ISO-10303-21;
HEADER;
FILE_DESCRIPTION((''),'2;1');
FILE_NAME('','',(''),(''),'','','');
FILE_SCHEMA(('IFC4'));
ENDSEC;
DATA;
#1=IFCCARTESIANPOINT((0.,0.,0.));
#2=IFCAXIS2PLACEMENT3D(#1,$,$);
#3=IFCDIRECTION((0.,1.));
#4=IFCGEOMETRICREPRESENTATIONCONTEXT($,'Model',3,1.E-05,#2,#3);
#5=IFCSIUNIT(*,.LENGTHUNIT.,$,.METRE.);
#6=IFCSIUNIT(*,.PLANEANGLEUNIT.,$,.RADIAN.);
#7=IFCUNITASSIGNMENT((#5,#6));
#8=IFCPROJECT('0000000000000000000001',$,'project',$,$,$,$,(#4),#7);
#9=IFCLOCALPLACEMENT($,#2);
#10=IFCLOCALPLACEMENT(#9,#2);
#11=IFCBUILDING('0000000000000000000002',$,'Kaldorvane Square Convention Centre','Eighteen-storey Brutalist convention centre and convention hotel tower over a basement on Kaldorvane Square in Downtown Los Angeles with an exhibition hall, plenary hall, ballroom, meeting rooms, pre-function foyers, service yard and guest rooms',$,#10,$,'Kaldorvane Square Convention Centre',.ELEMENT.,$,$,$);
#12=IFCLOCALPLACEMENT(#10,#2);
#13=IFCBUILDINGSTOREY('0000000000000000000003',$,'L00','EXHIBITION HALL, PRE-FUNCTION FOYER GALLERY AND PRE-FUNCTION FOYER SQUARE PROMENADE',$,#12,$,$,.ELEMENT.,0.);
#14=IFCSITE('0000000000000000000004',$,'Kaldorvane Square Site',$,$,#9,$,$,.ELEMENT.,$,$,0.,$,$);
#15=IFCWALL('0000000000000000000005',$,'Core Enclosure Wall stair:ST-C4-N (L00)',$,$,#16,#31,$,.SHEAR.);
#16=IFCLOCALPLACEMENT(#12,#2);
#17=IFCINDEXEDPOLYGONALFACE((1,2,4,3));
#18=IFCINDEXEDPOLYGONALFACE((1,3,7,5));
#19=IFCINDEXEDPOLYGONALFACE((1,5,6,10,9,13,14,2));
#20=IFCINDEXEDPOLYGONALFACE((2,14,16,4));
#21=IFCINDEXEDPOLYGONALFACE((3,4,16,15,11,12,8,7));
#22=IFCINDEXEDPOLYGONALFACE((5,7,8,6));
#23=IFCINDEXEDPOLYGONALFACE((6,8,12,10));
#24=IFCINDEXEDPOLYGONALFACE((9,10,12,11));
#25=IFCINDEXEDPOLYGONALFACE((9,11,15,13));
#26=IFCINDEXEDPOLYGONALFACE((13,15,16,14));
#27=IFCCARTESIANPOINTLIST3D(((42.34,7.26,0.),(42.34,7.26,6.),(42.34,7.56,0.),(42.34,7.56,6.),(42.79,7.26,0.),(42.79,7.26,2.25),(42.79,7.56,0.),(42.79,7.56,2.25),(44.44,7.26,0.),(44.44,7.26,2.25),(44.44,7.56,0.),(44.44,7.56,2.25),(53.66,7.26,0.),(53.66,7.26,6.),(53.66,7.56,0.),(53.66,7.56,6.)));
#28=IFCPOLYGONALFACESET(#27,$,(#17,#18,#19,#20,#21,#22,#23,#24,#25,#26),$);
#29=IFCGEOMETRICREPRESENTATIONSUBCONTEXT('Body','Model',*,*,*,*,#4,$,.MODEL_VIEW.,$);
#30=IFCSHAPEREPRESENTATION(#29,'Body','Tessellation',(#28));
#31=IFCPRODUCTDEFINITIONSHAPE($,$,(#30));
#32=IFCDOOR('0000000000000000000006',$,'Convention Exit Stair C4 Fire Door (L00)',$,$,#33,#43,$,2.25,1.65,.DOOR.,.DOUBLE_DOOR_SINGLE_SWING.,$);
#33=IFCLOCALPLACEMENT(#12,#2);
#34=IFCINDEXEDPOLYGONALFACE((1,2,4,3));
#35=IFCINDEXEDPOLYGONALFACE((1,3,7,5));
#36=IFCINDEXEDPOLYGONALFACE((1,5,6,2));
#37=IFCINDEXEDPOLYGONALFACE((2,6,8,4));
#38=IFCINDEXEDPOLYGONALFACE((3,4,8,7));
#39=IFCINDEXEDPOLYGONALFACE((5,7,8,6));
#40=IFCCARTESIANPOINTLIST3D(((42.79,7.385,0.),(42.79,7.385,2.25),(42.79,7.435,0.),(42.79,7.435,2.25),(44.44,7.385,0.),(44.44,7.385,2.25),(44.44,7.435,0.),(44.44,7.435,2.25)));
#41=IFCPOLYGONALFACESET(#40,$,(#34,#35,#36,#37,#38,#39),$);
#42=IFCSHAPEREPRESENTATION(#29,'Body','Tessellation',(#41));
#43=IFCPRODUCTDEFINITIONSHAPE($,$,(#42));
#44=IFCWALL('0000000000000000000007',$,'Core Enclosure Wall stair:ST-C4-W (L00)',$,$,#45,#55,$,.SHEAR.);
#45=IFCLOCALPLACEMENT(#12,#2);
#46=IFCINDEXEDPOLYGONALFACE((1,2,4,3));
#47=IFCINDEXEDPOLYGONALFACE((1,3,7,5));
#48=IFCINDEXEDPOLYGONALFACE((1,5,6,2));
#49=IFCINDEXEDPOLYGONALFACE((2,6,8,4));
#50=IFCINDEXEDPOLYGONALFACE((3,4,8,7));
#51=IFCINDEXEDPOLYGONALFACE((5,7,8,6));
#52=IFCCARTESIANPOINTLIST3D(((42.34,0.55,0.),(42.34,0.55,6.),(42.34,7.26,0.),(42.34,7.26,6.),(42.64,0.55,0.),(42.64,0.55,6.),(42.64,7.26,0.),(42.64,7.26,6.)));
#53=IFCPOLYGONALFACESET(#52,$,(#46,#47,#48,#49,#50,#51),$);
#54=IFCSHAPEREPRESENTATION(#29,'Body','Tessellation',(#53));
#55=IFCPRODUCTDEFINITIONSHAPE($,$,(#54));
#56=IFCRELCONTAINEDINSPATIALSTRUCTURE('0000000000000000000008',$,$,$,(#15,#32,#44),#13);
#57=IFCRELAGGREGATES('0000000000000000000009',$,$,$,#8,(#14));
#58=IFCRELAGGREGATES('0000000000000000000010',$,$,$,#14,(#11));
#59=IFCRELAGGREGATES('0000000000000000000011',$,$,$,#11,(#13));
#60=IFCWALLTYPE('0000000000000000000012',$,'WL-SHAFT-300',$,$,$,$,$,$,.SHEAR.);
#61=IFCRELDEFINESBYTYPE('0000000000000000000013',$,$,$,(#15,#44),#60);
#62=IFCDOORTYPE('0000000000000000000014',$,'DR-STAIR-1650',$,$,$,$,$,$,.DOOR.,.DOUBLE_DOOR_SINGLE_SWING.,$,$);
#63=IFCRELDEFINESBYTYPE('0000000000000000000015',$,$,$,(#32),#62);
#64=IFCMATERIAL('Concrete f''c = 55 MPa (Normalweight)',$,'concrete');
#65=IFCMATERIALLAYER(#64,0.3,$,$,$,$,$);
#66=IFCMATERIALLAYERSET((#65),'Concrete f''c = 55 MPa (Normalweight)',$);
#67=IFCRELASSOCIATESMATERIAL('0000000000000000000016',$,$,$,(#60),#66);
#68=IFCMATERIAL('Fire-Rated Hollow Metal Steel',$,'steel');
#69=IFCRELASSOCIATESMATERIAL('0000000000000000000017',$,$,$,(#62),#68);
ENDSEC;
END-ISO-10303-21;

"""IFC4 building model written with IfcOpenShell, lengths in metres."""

from ifc_helpers import new_model, si_unit, direction, frame, frame_2d, origin, place, context, subcontext, project, spatial, rectangle, extrude, material, layer, layer_set, type_object, element, fill, save


model = new_model("IFC4")

# Units and contexts
model_context = context("Model", 3, precision=1e-05, world=origin(), true_north=direction((0.0, 1.0)))
body_context = subcontext(model_context, "Body", "Model", "MODEL_VIEW")
ifc_project = project(units=[si_unit("LENGTHUNIT", "METRE"), si_unit("PLANEANGLEUNIT", "RADIAN")], contexts=[model_context])

# Site, building, storey
site_placement = place(None, origin())
site = spatial("IfcSite", under=ifc_project, at=site_placement, Name="Kaldorvane Square Site", CompositionType="ELEMENT", RefElevation=0.0)
building_placement = place(site_placement, origin())
building = spatial("IfcBuilding", under=site, at=building_placement, Name="Kaldorvane Square Convention Centre", Description="Eighteen-storey Brutalist convention centre and convention hotel tower over a basement on Kaldorvane Square in Downtown Los Angeles with an exhibition hall, plenary hall, ballroom, meeting rooms, pre-function foyers, service yard and guest rooms", LongName="Kaldorvane Square Convention Centre", CompositionType="ELEMENT")
storey_placement = place(building_placement, origin())
storey = spatial("IfcBuildingStorey", under=building, at=storey_placement, Name="L00", Description="EXHIBITION HALL, PRE-FUNCTION FOYER GALLERY AND PRE-FUNCTION FOYER SQUARE PROMENADE", CompositionType="ELEMENT", Elevation=0.0)

# Shared definitions
ifc_material_1 = material(Name="Concrete f'c = 55 MPa (Normalweight)", Category="concrete")

# Shared definitions
ifc_layer = layer(ifc_material_1, 0.3)
ifc_layer_set = layer_set([ifc_layer], Name="Concrete f'c = 55 MPa (Normalweight)")
wall_type = type_object("IfcWallType", Name="WL-SHAFT-300", PredefinedType="SHEAR", material=ifc_layer_set)
ifc_material_2 = material(Name="Fire-Rated Hollow Metal Steel", Category="steel")
door_type = type_object("IfcDoorType", Name="DR-STAIR-1650", OperationType="DOUBLE_DOOR_SINGLE_SWING", PredefinedType="DOOR", material=ifc_material_2)

# Wall, opening, door
wall_1_placement = place(storey_placement, frame((53.66, 7.41, 0.0), z_axis=(0.0, 0.0, 1.0), x_axis=(-1.0, 0.0, 0.0)))
wall_1 = element("IfcWall", 1, at=wall_1_placement, inside=storey, type_object=wall_type, Name="Core Enclosure Wall stair:ST-C4-N (L00)", PredefinedType="SHEAR", context=body_context, shape_type="SweptSolid", body=[
    extrude(rectangle(XDim=11.32, YDim=0.3, at=frame_2d((5.66, 0.0))), origin(), (0.0, 0.0, 1.0), 6.0),
])
opening_1_placement = place(wall_1_placement, frame((9.22, 0.0, 0.0)))
opening_1 = element("IfcOpeningElement", 2, at=opening_1_placement, cuts=wall_1, PredefinedType="OPENING", context=body_context, shape_type="SweptSolid", body=[
    extrude(rectangle(XDim=1.65, YDim=2.25, at=frame_2d((0.825, 1.125))), frame((0.0, 0.165, 0.0), z_axis=(0.0, -1.0, 0.0), x_axis=(1.0, 0.0, 0.0)), (0.0, 0.0, 1.0), 0.33),
])
door_1_placement = place(opening_1_placement, origin())
door_1 = element("IfcDoor", 3, at=door_1_placement, inside=storey, type_object=door_type, Name="Convention Exit Stair C4 Fire Door (L00)", OperationType="DOUBLE_DOOR_SINGLE_SWING", OverallHeight=2.25, OverallWidth=1.65, PredefinedType="DOOR", context=body_context, shape_type="SweptSolid", body=[
    extrude(rectangle(XDim=1.65, YDim=2.25, at=frame_2d((0.825, 1.125))), frame((0.0, 0.025, 0.0), z_axis=(0.0, -1.0, 0.0), x_axis=(1.0, 0.0, 0.0)), (0.0, 0.0, 1.0), 0.05),
])
fill(opening_1, door_1)

# Wall
wall_2_placement = place(storey_placement, frame((42.49, 7.26, 0.0), z_axis=(0.0, 0.0, 1.0), x_axis=(0.0, -1.0, 0.0)))
element("IfcWall", 4, at=wall_2_placement, inside=storey, type_object=wall_type, Name="Core Enclosure Wall stair:ST-C4-W (L00)", PredefinedType="SHEAR", context=body_context, shape_type="SweptSolid", body=[
    extrude(rectangle(XDim=6.71, YDim=0.3, at=frame_2d((3.355, 0.0))), origin(), (0.0, 0.0, 1.0), 6.0),
])

save(model, "model.ifc")
